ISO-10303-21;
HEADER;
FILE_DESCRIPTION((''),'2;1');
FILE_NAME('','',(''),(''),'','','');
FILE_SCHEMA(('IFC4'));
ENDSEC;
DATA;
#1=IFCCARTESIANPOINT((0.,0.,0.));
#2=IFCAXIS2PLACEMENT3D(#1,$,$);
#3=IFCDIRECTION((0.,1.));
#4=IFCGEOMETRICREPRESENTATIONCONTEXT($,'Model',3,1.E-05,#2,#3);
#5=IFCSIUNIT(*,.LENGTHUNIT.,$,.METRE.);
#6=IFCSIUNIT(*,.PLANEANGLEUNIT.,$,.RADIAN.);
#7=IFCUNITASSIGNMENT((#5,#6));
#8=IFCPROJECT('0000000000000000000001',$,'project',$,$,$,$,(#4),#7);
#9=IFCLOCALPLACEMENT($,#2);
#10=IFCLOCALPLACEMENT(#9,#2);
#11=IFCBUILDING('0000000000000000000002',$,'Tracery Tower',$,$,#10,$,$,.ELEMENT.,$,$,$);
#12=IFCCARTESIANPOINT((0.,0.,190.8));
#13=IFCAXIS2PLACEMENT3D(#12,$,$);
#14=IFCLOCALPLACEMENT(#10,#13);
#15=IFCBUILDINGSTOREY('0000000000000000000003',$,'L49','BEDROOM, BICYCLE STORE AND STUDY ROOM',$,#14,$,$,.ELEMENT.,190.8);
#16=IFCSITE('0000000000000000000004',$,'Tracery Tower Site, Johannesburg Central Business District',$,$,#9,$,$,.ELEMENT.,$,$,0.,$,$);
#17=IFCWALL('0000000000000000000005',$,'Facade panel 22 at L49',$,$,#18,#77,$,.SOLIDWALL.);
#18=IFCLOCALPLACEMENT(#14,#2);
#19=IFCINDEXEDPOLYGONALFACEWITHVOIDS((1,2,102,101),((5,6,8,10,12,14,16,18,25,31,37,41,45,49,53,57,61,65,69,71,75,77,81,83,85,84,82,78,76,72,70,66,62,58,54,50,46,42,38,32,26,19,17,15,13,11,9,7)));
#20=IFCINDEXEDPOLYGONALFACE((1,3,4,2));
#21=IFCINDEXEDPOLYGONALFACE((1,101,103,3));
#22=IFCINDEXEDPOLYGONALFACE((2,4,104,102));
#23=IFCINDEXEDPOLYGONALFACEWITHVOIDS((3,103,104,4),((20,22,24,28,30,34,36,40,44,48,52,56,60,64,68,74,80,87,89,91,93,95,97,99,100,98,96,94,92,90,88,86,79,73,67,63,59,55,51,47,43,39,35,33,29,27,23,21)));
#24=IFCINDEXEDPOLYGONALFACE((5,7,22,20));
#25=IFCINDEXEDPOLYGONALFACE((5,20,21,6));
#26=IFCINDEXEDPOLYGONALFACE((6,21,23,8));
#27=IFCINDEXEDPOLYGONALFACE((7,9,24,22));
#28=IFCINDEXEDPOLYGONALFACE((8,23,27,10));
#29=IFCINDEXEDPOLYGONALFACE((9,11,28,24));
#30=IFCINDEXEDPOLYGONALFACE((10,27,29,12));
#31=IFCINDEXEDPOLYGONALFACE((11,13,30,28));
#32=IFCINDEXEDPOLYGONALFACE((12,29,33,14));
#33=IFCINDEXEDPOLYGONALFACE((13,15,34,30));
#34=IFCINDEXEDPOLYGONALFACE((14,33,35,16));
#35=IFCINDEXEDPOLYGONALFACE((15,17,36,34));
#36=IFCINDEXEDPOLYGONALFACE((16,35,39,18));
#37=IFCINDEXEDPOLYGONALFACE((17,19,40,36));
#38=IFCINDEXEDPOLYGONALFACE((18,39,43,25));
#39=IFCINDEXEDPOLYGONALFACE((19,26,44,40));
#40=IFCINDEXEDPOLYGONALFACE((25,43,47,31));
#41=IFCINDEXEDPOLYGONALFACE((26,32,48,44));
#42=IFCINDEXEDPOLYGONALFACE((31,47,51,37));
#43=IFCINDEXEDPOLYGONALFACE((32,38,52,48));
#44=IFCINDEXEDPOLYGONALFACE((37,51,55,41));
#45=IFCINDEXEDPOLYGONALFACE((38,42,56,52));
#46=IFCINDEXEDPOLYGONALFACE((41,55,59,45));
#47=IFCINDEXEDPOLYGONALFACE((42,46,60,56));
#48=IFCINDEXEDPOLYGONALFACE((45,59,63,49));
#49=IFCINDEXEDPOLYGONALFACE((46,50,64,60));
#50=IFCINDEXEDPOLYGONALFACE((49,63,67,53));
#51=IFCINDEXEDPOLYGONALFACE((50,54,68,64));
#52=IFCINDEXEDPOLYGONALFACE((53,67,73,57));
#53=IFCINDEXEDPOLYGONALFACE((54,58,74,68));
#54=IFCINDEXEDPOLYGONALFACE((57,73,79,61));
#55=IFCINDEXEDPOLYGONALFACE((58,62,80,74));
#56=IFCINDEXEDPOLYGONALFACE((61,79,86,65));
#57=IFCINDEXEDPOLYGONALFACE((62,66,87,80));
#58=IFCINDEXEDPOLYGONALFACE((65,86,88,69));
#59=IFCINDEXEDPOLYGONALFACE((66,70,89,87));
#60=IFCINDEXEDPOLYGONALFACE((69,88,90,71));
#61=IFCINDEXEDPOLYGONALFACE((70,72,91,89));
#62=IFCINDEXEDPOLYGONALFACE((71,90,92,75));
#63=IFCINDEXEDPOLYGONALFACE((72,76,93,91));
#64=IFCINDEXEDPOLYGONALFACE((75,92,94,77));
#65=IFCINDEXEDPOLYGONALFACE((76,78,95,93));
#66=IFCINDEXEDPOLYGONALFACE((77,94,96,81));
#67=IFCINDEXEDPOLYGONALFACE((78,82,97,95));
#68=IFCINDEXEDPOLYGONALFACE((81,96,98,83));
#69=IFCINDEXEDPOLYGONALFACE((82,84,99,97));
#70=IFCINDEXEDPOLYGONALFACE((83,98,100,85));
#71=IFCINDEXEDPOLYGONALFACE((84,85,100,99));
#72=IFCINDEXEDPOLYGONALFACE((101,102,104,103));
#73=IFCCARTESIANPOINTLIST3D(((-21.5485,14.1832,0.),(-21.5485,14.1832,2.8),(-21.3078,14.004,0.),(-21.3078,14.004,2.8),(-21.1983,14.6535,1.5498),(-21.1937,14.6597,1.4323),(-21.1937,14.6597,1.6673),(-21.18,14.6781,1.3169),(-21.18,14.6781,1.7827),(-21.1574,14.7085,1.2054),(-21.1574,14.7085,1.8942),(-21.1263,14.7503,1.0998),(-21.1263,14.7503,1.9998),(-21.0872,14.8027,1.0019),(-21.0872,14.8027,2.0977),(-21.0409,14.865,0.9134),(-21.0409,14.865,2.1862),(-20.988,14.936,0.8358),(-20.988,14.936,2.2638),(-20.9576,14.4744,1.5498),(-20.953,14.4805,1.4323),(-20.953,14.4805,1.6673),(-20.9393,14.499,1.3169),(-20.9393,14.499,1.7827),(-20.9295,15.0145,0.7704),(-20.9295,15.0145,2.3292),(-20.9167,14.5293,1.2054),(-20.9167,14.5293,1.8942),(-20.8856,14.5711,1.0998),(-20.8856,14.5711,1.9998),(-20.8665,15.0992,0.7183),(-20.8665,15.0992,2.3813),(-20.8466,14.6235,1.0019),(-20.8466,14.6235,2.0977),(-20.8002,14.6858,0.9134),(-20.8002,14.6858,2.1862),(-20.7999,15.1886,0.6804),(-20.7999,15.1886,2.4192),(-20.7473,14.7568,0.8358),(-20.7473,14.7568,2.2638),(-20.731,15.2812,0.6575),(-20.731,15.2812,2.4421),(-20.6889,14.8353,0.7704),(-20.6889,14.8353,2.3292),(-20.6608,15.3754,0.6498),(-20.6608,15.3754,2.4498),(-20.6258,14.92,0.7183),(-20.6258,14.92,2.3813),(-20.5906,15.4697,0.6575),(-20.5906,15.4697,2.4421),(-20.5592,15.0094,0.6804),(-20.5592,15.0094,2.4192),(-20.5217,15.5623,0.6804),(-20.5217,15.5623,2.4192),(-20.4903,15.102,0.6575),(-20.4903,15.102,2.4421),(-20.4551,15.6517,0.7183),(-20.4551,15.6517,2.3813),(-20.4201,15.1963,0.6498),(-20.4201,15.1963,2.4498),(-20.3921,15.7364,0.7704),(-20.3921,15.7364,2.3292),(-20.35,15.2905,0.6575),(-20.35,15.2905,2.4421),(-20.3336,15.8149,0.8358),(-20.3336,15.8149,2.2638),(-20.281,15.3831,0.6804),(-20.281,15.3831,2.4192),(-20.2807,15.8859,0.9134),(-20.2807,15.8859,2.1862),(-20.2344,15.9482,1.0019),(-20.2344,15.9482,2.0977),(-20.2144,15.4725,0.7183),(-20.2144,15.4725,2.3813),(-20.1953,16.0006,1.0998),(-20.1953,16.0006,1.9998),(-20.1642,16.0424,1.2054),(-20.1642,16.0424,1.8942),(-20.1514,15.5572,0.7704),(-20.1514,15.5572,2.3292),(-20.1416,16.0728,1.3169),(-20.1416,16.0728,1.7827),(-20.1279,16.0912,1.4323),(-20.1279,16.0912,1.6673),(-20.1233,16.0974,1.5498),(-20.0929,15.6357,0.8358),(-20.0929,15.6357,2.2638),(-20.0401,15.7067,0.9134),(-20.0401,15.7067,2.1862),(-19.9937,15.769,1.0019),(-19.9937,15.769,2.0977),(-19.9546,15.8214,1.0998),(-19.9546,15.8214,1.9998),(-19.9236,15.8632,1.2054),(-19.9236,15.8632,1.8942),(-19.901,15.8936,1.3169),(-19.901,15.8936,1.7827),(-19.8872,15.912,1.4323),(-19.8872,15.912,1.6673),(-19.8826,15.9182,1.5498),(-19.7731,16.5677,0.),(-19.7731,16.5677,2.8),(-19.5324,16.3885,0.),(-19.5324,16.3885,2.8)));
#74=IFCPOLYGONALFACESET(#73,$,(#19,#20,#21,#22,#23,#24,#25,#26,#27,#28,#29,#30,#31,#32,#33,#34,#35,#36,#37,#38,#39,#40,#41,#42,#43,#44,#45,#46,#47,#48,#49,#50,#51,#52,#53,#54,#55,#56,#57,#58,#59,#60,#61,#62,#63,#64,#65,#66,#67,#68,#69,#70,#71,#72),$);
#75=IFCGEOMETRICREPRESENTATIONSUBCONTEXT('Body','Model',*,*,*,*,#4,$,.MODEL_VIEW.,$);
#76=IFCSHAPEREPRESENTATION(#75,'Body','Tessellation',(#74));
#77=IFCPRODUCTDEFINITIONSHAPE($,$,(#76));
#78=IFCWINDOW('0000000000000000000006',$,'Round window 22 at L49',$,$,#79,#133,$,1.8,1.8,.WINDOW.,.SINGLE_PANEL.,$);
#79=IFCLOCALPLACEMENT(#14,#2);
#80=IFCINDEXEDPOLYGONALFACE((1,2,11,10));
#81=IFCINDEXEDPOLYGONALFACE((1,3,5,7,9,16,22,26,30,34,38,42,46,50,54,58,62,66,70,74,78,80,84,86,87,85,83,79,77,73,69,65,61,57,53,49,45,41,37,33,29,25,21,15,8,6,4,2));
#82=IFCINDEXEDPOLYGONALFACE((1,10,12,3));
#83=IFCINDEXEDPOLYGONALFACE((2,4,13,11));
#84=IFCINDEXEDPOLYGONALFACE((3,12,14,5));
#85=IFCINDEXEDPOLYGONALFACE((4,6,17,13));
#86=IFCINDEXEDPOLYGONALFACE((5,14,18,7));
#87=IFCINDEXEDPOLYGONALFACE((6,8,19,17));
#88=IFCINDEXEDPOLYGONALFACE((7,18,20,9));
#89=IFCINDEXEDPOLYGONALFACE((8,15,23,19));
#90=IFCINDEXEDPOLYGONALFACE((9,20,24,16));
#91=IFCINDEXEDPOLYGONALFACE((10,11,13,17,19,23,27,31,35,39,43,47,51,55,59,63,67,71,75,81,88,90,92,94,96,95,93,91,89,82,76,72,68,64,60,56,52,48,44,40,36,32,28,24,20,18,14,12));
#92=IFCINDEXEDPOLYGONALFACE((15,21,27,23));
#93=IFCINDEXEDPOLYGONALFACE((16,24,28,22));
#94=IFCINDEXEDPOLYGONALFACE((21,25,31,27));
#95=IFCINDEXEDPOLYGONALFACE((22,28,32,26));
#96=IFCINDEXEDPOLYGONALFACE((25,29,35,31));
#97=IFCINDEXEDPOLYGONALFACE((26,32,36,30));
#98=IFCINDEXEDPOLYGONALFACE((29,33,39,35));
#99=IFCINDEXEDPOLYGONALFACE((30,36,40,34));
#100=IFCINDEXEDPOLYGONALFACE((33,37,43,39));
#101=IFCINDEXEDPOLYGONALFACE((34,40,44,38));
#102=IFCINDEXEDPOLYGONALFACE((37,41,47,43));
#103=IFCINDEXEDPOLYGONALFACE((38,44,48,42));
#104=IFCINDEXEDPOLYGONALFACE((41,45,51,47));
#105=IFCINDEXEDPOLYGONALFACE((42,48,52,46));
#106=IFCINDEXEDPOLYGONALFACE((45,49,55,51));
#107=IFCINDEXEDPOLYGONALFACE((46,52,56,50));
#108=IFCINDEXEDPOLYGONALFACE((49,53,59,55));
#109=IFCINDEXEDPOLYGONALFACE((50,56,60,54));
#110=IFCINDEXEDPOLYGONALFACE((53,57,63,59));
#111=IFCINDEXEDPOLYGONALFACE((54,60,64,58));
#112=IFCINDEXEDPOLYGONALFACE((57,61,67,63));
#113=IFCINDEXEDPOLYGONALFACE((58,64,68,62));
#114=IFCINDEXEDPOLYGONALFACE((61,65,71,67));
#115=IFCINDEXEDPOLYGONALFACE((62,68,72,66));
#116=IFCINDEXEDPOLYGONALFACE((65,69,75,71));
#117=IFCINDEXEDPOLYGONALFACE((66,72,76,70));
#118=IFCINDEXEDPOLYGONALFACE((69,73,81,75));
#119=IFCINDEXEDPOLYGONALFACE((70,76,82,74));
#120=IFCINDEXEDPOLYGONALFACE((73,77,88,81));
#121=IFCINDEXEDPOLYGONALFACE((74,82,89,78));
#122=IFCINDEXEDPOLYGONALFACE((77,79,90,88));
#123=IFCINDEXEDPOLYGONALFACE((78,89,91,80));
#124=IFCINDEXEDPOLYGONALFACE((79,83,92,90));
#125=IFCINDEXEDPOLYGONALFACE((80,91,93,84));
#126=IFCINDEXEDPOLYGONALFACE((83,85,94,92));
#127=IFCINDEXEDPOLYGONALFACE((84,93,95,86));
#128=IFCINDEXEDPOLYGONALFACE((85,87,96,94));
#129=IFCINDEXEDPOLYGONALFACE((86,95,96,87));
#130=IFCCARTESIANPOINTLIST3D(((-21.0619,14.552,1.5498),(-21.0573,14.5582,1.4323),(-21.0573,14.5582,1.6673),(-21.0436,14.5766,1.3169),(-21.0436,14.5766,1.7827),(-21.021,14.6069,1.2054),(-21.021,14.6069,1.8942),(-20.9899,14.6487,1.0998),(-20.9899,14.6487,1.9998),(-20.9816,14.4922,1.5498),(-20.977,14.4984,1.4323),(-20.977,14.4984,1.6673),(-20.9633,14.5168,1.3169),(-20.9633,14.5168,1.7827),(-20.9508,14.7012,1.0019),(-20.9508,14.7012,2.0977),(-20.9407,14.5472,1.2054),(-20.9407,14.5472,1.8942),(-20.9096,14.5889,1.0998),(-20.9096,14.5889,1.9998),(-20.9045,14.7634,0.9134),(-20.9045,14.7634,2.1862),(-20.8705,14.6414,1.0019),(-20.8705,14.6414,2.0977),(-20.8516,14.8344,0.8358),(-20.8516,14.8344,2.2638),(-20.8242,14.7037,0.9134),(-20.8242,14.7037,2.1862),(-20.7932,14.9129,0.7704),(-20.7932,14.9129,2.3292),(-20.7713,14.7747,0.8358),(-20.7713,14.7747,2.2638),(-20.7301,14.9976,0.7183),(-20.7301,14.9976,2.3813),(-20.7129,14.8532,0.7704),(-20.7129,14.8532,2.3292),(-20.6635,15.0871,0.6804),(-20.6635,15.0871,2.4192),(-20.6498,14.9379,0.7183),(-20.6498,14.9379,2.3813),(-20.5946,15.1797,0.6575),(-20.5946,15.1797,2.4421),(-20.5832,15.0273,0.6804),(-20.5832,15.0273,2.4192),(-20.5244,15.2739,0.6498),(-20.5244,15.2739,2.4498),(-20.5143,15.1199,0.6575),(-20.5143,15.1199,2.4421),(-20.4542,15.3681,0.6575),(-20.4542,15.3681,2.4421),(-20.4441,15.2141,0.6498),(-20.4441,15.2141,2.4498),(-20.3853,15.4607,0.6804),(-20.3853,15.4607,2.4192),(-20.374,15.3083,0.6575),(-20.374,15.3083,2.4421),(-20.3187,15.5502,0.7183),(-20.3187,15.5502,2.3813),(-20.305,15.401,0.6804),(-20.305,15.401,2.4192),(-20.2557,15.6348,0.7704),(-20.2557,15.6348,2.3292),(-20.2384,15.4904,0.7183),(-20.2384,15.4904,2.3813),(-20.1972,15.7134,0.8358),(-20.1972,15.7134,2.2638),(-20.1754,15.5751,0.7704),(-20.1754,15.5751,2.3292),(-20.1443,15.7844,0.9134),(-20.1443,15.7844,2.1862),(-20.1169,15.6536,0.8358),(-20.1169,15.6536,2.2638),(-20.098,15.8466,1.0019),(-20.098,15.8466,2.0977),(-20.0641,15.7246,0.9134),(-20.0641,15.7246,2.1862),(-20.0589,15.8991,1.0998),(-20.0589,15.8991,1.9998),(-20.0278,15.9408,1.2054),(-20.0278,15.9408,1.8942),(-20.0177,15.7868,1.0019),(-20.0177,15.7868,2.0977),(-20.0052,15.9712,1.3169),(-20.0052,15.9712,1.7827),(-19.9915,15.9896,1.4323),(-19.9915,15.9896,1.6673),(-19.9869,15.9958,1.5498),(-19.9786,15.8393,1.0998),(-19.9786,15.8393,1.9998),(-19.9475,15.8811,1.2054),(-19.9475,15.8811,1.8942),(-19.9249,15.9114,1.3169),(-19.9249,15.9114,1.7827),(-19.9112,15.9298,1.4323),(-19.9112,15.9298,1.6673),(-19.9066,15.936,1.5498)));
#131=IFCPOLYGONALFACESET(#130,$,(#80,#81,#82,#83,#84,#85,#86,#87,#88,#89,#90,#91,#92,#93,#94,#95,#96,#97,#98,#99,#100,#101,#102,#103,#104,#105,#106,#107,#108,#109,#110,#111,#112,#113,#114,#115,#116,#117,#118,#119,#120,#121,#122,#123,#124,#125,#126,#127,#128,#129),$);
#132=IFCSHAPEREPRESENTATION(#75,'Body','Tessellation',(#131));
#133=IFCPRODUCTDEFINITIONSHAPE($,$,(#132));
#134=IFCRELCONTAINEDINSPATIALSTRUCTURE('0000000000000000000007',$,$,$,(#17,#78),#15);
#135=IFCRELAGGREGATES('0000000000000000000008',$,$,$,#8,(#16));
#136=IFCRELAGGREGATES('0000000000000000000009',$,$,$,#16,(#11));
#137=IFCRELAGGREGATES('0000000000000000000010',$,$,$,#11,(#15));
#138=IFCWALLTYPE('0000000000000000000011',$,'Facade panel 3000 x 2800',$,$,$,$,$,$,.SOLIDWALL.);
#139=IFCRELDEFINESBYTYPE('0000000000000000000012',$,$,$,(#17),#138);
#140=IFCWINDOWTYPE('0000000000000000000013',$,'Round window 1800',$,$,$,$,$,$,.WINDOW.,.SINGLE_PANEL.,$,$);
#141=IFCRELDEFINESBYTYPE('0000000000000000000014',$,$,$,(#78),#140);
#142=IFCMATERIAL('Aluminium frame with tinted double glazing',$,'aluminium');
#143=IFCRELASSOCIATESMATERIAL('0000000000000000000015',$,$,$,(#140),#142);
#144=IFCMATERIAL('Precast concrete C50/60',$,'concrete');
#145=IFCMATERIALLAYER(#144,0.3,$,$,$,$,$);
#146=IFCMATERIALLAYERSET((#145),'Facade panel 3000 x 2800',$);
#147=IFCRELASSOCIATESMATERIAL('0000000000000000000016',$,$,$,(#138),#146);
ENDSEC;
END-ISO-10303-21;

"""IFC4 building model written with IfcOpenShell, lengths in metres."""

from ifc_helpers import new_model, si_unit, direction, frame, frame_2d, origin, origin_2d, place, context, subcontext, project, spatial, rectangle, circle, extrude, material, layer, layer_set, type_object, element, fill, save


model = new_model("IFC4")

# Units and contexts
model_context = context("Model", 3, precision=1e-05, world=origin(), true_north=direction((0.0, 1.0)))
body_context = subcontext(model_context, "Body", "Model", "MODEL_VIEW")
ifc_project = project(units=[si_unit("LENGTHUNIT", "METRE"), si_unit("PLANEANGLEUNIT", "RADIAN")], contexts=[model_context])

# Site, building, storey
site_placement = place(None, origin())
site = spatial("IfcSite", under=ifc_project, at=site_placement, Name="Tracery Tower Site, Johannesburg Central Business District", CompositionType="ELEMENT", RefElevation=0.0)
building_placement = place(site_placement, origin())
building = spatial("IfcBuilding", under=site, at=building_placement, Name="Tracery Tower", CompositionType="ELEMENT")
storey_placement = place(building_placement, frame((0.0, 0.0, 190.8)))
storey = spatial("IfcBuildingStorey", under=building, at=storey_placement, Name="L49", Description="BEDROOM, BICYCLE STORE AND STUDY ROOM", CompositionType="ELEMENT", Elevation=190.8)

# Wall, opening, window
ifc_material_1 = material(Name="Aluminium frame with tinted double glazing", Category="aluminium")
window_type = type_object("IfcWindowType", Name="Round window 1800", PartitioningType="SINGLE_PANEL", PredefinedType="WINDOW", material=ifc_material_1)
ifc_material_2 = material(Name="Precast concrete C50/60", Category="concrete")
ifc_layer_1 = layer(ifc_material_2, 0.3)
ifc_layer_set_1 = layer_set([ifc_layer_1], Name="Facade panel 3000 x 2800")
wall_type_1 = type_object("IfcWallType", Name="Facade panel 3000 x 2800", PredefinedType="SOLIDWALL", material=ifc_layer_set_1)
wall_1_placement = place(storey_placement, frame((-19.6528, 16.478, 0.0), z_axis=(0.0, 0.0, 1.0), x_axis=(-0.597198, -0.802094, 0.0)))
wall_1 = element("IfcWall", 1, at=wall_1_placement, inside=storey, type_object=wall_type_1, Name="Facade panel 22 at L49", PredefinedType="SOLIDWALL", context=body_context, shape_type="SweptSolid", body=[
    extrude(rectangle(XDim=2.9729, YDim=0.3, at=frame_2d((1.4863, 0.0))), origin(), (0.0, 0.0, 1.0), 2.8),
])
opening_1_placement = place(wall_1_placement, frame((1.4863, 0.0, 1.5498)))
opening_1 = element("IfcOpeningElement", 2, at=opening_1_placement, cuts=wall_1, PredefinedType="OPENING", context=body_context, shape_type="SweptSolid", body=[
    extrude(circle(Radius=0.9, at=origin_2d()), frame((0.0, 0.1599, 0.0), z_axis=(0.0, -1.0, 0.0), x_axis=(1.0, 0.0, 0.0)), (0.0, 0.0, 1.0), 0.3201),
])
window_1_placement = place(opening_1_placement, origin())
window_1 = element("IfcWindow", 3, at=window_1_placement, inside=storey, type_object=window_type, Name="Round window 22 at L49", OverallHeight=1.8, OverallWidth=1.8, PartitioningType="SINGLE_PANEL", PredefinedType="WINDOW", context=body_context, shape_type="SweptSolid", body=[
    extrude(circle(Radius=0.9, at=origin_2d()), frame((0.0, 0.1201, 0.0), z_axis=(0.0, -1.0, 0.0), x_axis=(1.0, 0.0, 0.0)), (0.0, 0.0, 1.0), 0.1001),
])
fill(opening_1, window_1)

save(model, "model.ifc")
